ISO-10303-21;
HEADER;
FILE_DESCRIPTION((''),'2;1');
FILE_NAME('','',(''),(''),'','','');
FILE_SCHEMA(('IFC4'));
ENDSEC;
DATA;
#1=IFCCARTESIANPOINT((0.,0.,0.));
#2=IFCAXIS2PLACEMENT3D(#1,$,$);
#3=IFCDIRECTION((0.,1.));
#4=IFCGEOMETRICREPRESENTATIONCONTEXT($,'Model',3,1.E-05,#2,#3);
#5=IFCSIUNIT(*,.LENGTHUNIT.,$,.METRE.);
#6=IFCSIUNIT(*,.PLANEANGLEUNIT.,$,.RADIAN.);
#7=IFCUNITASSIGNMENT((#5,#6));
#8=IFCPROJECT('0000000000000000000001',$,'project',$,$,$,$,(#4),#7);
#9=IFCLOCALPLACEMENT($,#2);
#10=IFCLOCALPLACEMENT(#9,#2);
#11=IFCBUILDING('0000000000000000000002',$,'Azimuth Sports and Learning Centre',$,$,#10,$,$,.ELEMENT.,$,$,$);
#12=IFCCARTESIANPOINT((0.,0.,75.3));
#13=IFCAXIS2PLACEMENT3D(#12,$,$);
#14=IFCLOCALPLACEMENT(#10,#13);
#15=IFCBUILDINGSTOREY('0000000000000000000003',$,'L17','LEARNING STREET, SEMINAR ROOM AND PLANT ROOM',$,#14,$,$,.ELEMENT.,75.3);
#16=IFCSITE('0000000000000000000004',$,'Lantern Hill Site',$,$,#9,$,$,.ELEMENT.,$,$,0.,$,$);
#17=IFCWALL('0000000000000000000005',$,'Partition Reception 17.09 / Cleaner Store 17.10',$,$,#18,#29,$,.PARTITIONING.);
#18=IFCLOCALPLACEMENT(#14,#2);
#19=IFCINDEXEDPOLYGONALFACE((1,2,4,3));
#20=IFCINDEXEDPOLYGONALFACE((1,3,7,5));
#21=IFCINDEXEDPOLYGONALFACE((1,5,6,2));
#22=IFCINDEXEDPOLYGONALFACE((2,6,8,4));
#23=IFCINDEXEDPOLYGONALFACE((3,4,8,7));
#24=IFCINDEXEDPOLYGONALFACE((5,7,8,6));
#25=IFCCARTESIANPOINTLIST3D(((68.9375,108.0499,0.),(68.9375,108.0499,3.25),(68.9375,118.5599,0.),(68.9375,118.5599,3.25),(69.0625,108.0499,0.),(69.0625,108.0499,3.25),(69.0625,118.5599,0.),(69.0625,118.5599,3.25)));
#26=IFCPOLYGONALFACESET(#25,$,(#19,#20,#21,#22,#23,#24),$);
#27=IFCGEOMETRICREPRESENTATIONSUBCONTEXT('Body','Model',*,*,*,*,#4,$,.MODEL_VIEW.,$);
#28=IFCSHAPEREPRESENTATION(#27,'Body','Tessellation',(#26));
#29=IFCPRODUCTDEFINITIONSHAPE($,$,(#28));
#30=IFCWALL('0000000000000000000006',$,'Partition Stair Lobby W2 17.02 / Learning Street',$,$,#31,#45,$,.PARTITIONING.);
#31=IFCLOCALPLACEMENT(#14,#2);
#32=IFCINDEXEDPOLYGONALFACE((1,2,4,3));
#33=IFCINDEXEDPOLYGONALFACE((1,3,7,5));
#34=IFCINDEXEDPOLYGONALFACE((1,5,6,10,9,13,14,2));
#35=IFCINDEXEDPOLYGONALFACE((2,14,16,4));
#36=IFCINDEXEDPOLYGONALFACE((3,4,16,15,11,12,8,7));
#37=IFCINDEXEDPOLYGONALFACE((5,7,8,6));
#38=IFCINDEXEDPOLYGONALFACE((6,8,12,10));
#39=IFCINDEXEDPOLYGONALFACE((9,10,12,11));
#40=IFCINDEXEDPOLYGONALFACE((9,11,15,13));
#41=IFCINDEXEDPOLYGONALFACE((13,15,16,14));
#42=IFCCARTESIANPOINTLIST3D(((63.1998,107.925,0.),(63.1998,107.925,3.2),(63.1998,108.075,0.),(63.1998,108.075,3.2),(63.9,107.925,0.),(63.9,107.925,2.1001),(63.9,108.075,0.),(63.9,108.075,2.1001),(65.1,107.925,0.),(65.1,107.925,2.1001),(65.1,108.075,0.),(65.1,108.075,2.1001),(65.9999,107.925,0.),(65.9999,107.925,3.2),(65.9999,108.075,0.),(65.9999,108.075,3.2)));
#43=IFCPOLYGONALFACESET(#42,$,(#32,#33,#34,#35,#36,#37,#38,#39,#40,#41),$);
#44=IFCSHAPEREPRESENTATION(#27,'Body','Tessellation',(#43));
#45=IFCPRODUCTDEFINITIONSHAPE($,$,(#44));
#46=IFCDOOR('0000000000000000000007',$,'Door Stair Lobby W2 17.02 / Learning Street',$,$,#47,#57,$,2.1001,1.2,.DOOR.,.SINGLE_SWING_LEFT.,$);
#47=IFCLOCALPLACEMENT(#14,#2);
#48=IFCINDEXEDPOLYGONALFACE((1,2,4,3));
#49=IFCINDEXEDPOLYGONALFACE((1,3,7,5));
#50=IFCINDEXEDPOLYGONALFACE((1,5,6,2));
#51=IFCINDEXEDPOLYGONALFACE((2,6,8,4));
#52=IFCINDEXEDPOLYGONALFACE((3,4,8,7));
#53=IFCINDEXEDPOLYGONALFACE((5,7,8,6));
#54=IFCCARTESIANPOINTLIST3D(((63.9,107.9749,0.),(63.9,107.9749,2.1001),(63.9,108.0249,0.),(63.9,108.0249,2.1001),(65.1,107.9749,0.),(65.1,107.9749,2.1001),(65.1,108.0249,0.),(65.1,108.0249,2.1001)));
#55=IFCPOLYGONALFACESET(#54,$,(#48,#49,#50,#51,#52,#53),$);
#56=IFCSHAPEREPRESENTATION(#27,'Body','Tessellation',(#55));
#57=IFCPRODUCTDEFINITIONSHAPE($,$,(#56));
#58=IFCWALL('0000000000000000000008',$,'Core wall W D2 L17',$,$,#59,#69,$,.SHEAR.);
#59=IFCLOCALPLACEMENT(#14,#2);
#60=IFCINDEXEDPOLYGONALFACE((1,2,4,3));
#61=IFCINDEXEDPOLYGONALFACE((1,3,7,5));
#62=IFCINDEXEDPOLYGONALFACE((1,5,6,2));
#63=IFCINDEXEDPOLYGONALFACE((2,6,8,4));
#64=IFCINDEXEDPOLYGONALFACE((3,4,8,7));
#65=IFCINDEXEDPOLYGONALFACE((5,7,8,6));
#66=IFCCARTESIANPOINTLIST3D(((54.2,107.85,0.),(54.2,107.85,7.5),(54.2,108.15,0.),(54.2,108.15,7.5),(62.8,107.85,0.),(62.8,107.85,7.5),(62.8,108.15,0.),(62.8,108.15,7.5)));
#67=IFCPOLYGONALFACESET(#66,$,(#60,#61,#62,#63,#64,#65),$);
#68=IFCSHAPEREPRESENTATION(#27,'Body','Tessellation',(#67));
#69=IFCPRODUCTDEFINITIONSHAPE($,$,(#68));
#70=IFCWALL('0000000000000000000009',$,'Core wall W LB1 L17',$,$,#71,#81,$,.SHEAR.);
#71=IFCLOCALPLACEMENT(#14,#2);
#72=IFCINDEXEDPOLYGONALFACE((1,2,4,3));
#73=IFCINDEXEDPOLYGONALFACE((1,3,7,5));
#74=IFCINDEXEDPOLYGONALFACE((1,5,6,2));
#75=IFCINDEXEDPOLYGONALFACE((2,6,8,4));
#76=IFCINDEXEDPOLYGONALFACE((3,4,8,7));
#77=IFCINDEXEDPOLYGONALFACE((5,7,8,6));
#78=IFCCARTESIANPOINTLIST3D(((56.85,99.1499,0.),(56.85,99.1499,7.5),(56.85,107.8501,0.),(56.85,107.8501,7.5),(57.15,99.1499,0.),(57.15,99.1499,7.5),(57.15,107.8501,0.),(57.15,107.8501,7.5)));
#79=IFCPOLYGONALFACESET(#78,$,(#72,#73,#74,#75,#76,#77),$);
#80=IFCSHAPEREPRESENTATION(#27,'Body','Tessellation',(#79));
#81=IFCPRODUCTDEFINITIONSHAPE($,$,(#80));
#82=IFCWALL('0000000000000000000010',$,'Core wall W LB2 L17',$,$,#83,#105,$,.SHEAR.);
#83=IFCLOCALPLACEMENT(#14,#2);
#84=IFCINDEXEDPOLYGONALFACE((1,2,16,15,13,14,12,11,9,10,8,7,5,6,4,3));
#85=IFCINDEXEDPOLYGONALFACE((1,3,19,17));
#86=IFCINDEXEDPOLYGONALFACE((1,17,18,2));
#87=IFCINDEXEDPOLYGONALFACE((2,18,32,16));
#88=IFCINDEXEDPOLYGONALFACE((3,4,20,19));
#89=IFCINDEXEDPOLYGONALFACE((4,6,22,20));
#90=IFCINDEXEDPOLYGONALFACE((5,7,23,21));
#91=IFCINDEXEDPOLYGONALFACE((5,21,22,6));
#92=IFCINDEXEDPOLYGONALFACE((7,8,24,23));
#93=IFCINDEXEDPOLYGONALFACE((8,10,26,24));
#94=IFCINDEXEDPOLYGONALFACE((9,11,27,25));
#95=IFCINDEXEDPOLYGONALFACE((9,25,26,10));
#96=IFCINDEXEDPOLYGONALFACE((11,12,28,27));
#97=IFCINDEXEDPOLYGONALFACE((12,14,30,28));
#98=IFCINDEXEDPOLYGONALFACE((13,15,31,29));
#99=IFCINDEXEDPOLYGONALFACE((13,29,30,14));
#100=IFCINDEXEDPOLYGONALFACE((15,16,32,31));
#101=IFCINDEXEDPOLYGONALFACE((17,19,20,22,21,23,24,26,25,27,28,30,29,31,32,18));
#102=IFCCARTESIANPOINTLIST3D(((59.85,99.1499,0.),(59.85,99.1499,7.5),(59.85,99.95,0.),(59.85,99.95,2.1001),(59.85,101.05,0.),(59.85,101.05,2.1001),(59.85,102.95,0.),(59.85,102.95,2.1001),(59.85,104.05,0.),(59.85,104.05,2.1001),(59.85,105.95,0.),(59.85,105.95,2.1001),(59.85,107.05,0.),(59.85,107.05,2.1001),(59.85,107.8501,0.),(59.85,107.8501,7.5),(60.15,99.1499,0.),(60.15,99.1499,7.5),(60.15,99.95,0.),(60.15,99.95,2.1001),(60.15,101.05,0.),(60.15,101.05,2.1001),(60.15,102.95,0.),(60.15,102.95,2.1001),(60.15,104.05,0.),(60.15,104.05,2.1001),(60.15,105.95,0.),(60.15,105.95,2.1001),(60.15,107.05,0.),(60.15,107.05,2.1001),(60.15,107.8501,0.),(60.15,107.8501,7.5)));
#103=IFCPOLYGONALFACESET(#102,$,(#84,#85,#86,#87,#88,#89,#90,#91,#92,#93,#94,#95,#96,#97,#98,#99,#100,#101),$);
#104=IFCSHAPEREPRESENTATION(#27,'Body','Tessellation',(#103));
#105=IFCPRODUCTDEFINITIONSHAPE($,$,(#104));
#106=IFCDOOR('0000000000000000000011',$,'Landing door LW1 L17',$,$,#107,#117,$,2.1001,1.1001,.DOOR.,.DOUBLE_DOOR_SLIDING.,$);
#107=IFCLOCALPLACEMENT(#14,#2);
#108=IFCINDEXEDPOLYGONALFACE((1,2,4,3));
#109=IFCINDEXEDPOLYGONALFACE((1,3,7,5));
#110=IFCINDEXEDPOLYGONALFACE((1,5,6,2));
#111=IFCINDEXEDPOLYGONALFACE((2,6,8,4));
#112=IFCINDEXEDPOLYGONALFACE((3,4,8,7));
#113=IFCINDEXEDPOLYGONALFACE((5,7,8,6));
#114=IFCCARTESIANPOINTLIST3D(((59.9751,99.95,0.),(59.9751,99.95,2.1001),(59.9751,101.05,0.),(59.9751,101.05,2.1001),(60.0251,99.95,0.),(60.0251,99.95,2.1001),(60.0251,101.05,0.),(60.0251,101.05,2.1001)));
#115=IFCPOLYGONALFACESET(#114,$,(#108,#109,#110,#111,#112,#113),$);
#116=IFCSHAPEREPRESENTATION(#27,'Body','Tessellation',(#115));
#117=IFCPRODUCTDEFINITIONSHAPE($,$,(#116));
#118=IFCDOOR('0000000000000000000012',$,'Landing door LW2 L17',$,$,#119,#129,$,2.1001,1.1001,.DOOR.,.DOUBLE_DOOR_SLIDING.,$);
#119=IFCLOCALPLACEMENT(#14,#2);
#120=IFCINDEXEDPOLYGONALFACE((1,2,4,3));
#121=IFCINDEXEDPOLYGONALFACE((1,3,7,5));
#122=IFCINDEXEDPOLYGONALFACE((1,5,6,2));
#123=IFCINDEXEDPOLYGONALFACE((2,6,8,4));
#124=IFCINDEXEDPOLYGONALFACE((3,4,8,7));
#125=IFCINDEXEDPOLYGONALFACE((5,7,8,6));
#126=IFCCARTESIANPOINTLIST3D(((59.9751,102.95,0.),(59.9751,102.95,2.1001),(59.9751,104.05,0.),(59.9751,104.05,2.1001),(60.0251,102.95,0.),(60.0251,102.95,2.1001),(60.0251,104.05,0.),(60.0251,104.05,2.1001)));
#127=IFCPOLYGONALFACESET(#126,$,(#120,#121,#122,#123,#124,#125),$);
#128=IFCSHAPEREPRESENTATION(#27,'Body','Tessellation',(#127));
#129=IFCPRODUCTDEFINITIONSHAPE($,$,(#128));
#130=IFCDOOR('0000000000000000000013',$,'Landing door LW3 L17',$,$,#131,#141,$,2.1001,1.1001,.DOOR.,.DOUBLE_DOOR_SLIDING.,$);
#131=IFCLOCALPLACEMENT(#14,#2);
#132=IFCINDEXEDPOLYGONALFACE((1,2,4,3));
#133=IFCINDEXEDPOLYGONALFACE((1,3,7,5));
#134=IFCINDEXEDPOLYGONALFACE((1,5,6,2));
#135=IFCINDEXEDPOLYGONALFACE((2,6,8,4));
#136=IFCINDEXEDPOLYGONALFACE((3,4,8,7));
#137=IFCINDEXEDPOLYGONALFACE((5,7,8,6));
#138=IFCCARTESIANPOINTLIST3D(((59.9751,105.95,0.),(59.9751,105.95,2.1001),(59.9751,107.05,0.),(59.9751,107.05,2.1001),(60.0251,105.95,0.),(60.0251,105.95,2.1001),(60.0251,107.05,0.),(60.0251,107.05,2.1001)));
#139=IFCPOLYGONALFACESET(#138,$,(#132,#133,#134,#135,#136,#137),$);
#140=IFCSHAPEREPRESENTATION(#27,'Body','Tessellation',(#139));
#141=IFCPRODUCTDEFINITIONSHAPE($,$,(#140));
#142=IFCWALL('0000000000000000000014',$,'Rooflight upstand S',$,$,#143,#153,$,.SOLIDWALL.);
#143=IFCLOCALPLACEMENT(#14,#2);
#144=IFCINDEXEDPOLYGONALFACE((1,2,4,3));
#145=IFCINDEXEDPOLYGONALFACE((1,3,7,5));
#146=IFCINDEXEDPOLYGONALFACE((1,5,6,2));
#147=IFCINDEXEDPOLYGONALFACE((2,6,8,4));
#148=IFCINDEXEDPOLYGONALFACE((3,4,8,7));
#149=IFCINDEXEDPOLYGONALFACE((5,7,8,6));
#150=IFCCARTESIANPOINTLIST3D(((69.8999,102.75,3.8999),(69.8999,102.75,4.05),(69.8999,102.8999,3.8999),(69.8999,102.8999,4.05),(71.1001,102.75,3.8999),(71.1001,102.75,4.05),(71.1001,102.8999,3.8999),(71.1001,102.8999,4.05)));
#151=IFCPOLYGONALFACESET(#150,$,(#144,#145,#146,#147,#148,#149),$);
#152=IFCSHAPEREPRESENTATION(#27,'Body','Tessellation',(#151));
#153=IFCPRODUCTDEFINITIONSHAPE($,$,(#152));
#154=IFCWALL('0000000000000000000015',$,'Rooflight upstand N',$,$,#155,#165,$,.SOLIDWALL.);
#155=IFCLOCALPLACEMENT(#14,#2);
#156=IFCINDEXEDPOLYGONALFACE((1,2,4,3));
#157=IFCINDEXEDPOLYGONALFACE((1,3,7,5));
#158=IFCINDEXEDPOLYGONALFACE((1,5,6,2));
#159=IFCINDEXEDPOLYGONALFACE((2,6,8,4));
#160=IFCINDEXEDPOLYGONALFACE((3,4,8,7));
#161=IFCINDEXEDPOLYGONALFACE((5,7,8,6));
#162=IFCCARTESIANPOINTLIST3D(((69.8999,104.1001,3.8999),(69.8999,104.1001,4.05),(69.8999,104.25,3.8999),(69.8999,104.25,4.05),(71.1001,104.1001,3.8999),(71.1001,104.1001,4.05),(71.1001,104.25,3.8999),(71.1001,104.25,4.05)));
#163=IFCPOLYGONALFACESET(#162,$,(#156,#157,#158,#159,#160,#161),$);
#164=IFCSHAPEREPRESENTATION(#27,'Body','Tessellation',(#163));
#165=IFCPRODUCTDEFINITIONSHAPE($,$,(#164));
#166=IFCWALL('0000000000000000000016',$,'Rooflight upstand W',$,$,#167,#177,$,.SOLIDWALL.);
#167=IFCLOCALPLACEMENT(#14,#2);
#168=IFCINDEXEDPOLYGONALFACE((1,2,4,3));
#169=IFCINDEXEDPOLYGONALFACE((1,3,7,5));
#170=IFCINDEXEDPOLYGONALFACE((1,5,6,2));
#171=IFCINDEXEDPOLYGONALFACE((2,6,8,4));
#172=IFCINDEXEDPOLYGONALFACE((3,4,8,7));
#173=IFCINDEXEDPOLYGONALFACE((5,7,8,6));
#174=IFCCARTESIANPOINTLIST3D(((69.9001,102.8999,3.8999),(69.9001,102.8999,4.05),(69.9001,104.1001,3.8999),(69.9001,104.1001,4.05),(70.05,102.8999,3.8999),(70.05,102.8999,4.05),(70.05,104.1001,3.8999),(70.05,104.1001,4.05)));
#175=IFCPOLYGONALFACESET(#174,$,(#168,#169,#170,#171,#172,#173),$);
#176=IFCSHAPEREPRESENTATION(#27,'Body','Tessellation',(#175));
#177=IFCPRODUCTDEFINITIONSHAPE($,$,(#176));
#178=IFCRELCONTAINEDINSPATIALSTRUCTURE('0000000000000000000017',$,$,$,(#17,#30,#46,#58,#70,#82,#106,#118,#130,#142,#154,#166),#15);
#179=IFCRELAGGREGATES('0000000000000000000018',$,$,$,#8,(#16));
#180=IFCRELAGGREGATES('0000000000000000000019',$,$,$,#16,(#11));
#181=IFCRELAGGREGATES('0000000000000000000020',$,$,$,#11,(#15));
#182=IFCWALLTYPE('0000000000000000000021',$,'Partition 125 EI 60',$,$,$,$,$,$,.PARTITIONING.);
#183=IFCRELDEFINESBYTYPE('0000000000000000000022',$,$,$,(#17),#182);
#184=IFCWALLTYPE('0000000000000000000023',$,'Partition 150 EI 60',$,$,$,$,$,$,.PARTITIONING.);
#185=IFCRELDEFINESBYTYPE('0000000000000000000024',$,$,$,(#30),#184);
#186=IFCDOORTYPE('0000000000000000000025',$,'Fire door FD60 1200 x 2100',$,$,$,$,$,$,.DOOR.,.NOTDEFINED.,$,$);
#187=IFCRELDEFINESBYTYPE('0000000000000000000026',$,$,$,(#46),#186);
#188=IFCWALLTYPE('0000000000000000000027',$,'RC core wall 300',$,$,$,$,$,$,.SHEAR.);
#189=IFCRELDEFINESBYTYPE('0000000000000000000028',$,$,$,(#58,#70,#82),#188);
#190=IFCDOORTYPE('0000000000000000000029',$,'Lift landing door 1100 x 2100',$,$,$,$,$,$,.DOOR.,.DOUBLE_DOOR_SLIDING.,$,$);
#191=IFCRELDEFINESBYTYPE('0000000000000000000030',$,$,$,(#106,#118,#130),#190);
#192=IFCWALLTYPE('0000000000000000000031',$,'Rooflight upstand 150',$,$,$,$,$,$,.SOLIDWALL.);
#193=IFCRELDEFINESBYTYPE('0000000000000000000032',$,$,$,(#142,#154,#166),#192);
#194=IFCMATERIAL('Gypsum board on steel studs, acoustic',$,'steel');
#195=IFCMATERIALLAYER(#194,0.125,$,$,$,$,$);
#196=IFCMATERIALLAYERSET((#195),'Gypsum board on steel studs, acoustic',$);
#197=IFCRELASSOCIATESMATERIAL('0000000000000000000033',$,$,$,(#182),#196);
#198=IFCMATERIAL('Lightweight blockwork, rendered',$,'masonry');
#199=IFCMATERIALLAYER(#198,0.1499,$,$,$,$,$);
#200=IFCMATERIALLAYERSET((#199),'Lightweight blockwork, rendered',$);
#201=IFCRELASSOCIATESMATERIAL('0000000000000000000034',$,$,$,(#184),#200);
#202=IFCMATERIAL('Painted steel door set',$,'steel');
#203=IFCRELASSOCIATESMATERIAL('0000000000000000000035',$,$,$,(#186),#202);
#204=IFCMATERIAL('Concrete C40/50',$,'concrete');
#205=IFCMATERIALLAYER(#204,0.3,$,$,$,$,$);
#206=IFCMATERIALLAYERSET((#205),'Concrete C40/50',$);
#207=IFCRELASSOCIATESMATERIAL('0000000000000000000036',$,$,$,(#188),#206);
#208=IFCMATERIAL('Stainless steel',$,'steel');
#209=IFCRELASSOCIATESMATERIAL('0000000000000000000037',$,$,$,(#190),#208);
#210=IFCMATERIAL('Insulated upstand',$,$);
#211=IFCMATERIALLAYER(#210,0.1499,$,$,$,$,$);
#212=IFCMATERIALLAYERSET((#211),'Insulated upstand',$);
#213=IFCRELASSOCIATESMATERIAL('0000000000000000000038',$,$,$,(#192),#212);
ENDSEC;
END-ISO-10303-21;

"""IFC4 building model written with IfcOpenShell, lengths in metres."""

from ifc_helpers import new_model, si_unit, direction, frame, frame_2d, origin, place, context, subcontext, project, spatial, rectangle, extrude, material, layer, layer_set, type_object, element, fill, save


model = new_model("IFC4")

# Units and contexts
model_context = context("Model", 3, precision=1e-05, world=origin(), true_north=direction((0.0, 1.0)))
body_context = subcontext(model_context, "Body", "Model", "MODEL_VIEW")
ifc_project = project(units=[si_unit("LENGTHUNIT", "METRE"), si_unit("PLANEANGLEUNIT", "RADIAN")], contexts=[model_context])

# Site, building, storey
site_placement = place(None, origin())
site = spatial("IfcSite", under=ifc_project, at=site_placement, Name="Lantern Hill Site", CompositionType="ELEMENT", RefElevation=0.0)
building_placement = place(site_placement, origin())
building = spatial("IfcBuilding", under=site, at=building_placement, Name="Azimuth Sports and Learning Centre", CompositionType="ELEMENT")
storey_placement = place(building_placement, frame((0.0, 0.0, 75.3)))
storey = spatial("IfcBuildingStorey", under=building, at=storey_placement, Name="L17", Description="LEARNING STREET, SEMINAR ROOM AND PLANT ROOM", CompositionType="ELEMENT", Elevation=75.3)

# Wall
ifc_material_1 = material(Name="Gypsum board on steel studs, acoustic", Category="steel")
ifc_layer_1 = layer(ifc_material_1, 0.125)
ifc_layer_set_1 = layer_set([ifc_layer_1], Name="Gypsum board on steel studs, acoustic")
wall_type_1 = type_object("IfcWallType", Name="Partition 125 EI 60", PredefinedType="PARTITIONING", material=ifc_layer_set_1)
wall_1_placement = place(storey_placement, frame((69.0, 108.05, 0.0), z_axis=(0.0, 0.0, 1.0), x_axis=(0.0, 1.0, 0.0)))
element("IfcWall", 1, at=wall_1_placement, inside=storey, type_object=wall_type_1, Name="Partition Reception 17.09 / Cleaner Store 17.10", PredefinedType="PARTITIONING", context=body_context, shape_type="SweptSolid", body=[
    extrude(rectangle(XDim=10.51, YDim=0.125, at=frame_2d((5.2549, 0.0))), origin(), (0.0, 0.0, 1.0), 3.25),
])

# Wall, opening, door
ifc_material_2 = material(Name="Lightweight blockwork, rendered", Category="masonry")
ifc_layer_2 = layer(ifc_material_2, 0.1499)
ifc_layer_set_2 = layer_set([ifc_layer_2], Name="Lightweight blockwork, rendered")
wall_type_2 = type_object("IfcWallType", Name="Partition 150 EI 60", PredefinedType="PARTITIONING", material=ifc_layer_set_2)
wall_2_placement = place(storey_placement, frame((63.2, 108.0, 0.0), z_axis=(0.0, 0.0, 1.0), x_axis=(1.0, 0.0, 0.0)))
wall_2 = element("IfcWall", 2, at=wall_2_placement, inside=storey, type_object=wall_type_2, Name="Partition Stair Lobby W2 17.02 / Learning Street", PredefinedType="PARTITIONING", context=body_context, shape_type="SweptSolid", body=[
    extrude(rectangle(XDim=2.8, YDim=0.1499, at=frame_2d((1.3999, 0.0))), origin(), (0.0, 0.0, 1.0), 3.2),
])
opening_1_placement = place(wall_2_placement, frame((0.7, 0.0, 0.0)))
opening_1 = element("IfcOpeningElement", 3, at=opening_1_placement, cuts=wall_2, PredefinedType="OPENING", context=body_context, shape_type="SweptSolid", body=[
    extrude(rectangle(XDim=1.2, YDim=2.1001, at=frame_2d((0.6001, 1.05))), frame((0.0, 0.0859, 0.0), z_axis=(0.0, -1.0, 0.0), x_axis=(1.0, 0.0, 0.0)), (0.0, 0.0, 1.0), 0.1719),
])
ifc_material_3 = material(Name="Painted steel door set", Category="steel")
door_type_1 = type_object("IfcDoorType", Name="Fire door FD60 1200 x 2100", OperationType="NOTDEFINED", PredefinedType="DOOR", material=ifc_material_3)
door_1_placement = place(opening_1_placement, origin())
door_1 = element("IfcDoor", 4, at=door_1_placement, inside=storey, type_object=door_type_1, Name="Door Stair Lobby W2 17.02 / Learning Street", OperationType="SINGLE_SWING_LEFT", OverallHeight=2.1001, OverallWidth=1.2, PredefinedType="DOOR", context=body_context, shape_type="SweptSolid", body=[
    extrude(rectangle(XDim=1.2, YDim=2.1001, at=frame_2d((0.6001, 1.05))), frame((0.0, 0.0249, 0.0), z_axis=(0.0, -1.0, 0.0), x_axis=(1.0, 0.0, 0.0)), (0.0, 0.0, 1.0), 0.05),
])
fill(opening_1, door_1)

# Walls
ifc_material_4 = material(Name="Concrete C40/50", Category="concrete")
ifc_layer_3 = layer(ifc_material_4, 0.3)
ifc_layer_set_3 = layer_set([ifc_layer_3], Name="Concrete C40/50")
wall_type_3 = type_object("IfcWallType", Name="RC core wall 300", PredefinedType="SHEAR", material=ifc_layer_set_3)
wall_3_placement = place(storey_placement, frame((54.2, 108.0, 0.0), z_axis=(0.0, 0.0, 1.0), x_axis=(1.0, 0.0, 0.0)))
element("IfcWall", 5, at=wall_3_placement, inside=storey, type_object=wall_type_3, Name="Core wall W D2 L17", PredefinedType="SHEAR", context=body_context, shape_type="SweptSolid", body=[
    extrude(rectangle(XDim=8.6001, YDim=0.3, at=frame_2d((4.3, 0.0))), origin(), (0.0, 0.0, 1.0), 7.5),
])
wall_4_placement = place(storey_placement, frame((57.0, 99.1499, 0.0), z_axis=(0.0, 0.0, 1.0), x_axis=(0.0, 1.0, 0.0)))
element("IfcWall", 6, at=wall_4_placement, inside=storey, type_object=wall_type_3, Name="Core wall W LB1 L17", PredefinedType="SHEAR", context=body_context, shape_type="SweptSolid", body=[
    extrude(rectangle(XDim=8.7002, YDim=0.3, at=frame_2d((4.3501, 0.0))), origin(), (0.0, 0.0, 1.0), 7.5),
])

# Wall, openings, doors
wall_5_placement = place(storey_placement, frame((60.0, 99.1499, 0.0), z_axis=(0.0, 0.0, 1.0), x_axis=(0.0, 1.0, 0.0)))
wall_5 = element("IfcWall", 7, at=wall_5_placement, inside=storey, type_object=wall_type_3, Name="Core wall W LB2 L17", PredefinedType="SHEAR", context=body_context, shape_type="SweptSolid", body=[
    extrude(rectangle(XDim=8.7002, YDim=0.3, at=frame_2d((4.3501, 0.0))), origin(), (0.0, 0.0, 1.0), 7.5),
])
opening_2_placement = place(wall_5_placement, frame((0.8, 0.0, 0.0)))
opening_2 = element("IfcOpeningElement", 8, at=opening_2_placement, cuts=wall_5, PredefinedType="OPENING", context=body_context, shape_type="SweptSolid", body=[
    extrude(rectangle(XDim=1.1001, YDim=2.1001, at=frame_2d((0.55, 1.05))), frame((0.0, 0.1611, 0.0), z_axis=(0.0, -1.0, 0.0), x_axis=(1.0, 0.0, 0.0)), (0.0, 0.0, 1.0), 0.322),
])
opening_3_placement = place(wall_5_placement, frame((3.8, 0.0, 0.0)))
opening_3 = element("IfcOpeningElement", 9, at=opening_3_placement, cuts=wall_5, PredefinedType="OPENING", context=body_context, shape_type="SweptSolid", body=[
    extrude(rectangle(XDim=1.1001, YDim=2.1001, at=frame_2d((0.55, 1.05))), frame((0.0, 0.1611, 0.0), z_axis=(0.0, -1.0, 0.0), x_axis=(1.0, 0.0, 0.0)), (0.0, 0.0, 1.0), 0.322),
])
opening_4_placement = place(wall_5_placement, frame((6.8, 0.0, 0.0)))
opening_4 = element("IfcOpeningElement", 10, at=opening_4_placement, cuts=wall_5, PredefinedType="OPENING", context=body_context, shape_type="SweptSolid", body=[
    extrude(rectangle(XDim=1.1001, YDim=2.1001, at=frame_2d((0.55, 1.05))), frame((0.0, 0.1611, 0.0), z_axis=(0.0, -1.0, 0.0), x_axis=(1.0, 0.0, 0.0)), (0.0, 0.0, 1.0), 0.322),
])
ifc_material_5 = material(Name="Stainless steel", Category="steel")
door_type_2 = type_object("IfcDoorType", Name="Lift landing door 1100 x 2100", OperationType="DOUBLE_DOOR_SLIDING", PredefinedType="DOOR", material=ifc_material_5)
door_2_placement = place(opening_2_placement, origin())
door_2 = element("IfcDoor", 11, at=door_2_placement, inside=storey, type_object=door_type_2, Name="Landing door LW1 L17", OperationType="DOUBLE_DOOR_SLIDING", OverallHeight=2.1001, OverallWidth=1.1001, PredefinedType="DOOR", context=body_context, shape_type="SweptSolid", body=[
    extrude(rectangle(XDim=1.1001, YDim=2.1001, at=frame_2d((0.55, 1.05))), frame((0.0, 0.0249, 0.0), z_axis=(0.0, -1.0, 0.0), x_axis=(1.0, 0.0, 0.0)), (0.0, 0.0, 1.0), 0.05),
])
fill(opening_2, door_2)
door_3_placement = place(opening_3_placement, origin())
door_3 = element("IfcDoor", 12, at=door_3_placement, inside=storey, type_object=door_type_2, Name="Landing door LW2 L17", OperationType="DOUBLE_DOOR_SLIDING", OverallHeight=2.1001, OverallWidth=1.1001, PredefinedType="DOOR", context=body_context, shape_type="SweptSolid", body=[
    extrude(rectangle(XDim=1.1001, YDim=2.1001, at=frame_2d((0.55, 1.05))), frame((0.0, 0.0249, 0.0), z_axis=(0.0, -1.0, 0.0), x_axis=(1.0, 0.0, 0.0)), (0.0, 0.0, 1.0), 0.05),
])
fill(opening_3, door_3)
door_4_placement = place(opening_4_placement, origin())
door_4 = element("IfcDoor", 13, at=door_4_placement, inside=storey, type_object=door_type_2, Name="Landing door LW3 L17", OperationType="DOUBLE_DOOR_SLIDING", OverallHeight=2.1001, OverallWidth=1.1001, PredefinedType="DOOR", context=body_context, shape_type="SweptSolid", body=[
    extrude(rectangle(XDim=1.1001, YDim=2.1001, at=frame_2d((0.55, 1.05))), frame((0.0, 0.0249, 0.0), z_axis=(0.0, -1.0, 0.0), x_axis=(1.0, 0.0, 0.0)), (0.0, 0.0, 1.0), 0.05),
])
fill(opening_4, door_4)

# Walls
ifc_material_6 = material(Name="Insulated upstand")
ifc_layer_4 = layer(ifc_material_6, 0.1499)
ifc_layer_set_4 = layer_set([ifc_layer_4], Name="Insulated upstand")
wall_type_4 = type_object("IfcWallType", Name="Rooflight upstand 150", PredefinedType="SOLIDWALL", material=ifc_layer_set_4)
for number, where, z_axis, x_axis, name in (
    (14, (69.8999, 102.825, 3.8999), (0.0, 0.0, 1.0), (1.0, 0.0, 0.0), "Rooflight upstand S"),
    (15, (69.8999, 104.175, 3.8999), (0.0, 0.0, 1.0), (1.0, 0.0, 0.0), "Rooflight upstand N"),
    (16, (69.9751, 102.8999, 3.8999), (0.0, 0.0, 1.0), (0.0, 1.0, 0.0), "Rooflight upstand W"),
):
    element("IfcWall", number, at=place(storey_placement, frame(where, z_axis=z_axis, x_axis=x_axis)), inside=storey, type_object=wall_type_4, Name=name, PredefinedType="SOLIDWALL", context=body_context, shape_type="SweptSolid", body=[
        extrude(rectangle(XDim=1.2002, YDim=0.1499, at=frame_2d((0.6001, 0.0))), origin(), (0.0, 0.0, 1.0), 0.1501),
    ])

save(model, "model.ifc")
